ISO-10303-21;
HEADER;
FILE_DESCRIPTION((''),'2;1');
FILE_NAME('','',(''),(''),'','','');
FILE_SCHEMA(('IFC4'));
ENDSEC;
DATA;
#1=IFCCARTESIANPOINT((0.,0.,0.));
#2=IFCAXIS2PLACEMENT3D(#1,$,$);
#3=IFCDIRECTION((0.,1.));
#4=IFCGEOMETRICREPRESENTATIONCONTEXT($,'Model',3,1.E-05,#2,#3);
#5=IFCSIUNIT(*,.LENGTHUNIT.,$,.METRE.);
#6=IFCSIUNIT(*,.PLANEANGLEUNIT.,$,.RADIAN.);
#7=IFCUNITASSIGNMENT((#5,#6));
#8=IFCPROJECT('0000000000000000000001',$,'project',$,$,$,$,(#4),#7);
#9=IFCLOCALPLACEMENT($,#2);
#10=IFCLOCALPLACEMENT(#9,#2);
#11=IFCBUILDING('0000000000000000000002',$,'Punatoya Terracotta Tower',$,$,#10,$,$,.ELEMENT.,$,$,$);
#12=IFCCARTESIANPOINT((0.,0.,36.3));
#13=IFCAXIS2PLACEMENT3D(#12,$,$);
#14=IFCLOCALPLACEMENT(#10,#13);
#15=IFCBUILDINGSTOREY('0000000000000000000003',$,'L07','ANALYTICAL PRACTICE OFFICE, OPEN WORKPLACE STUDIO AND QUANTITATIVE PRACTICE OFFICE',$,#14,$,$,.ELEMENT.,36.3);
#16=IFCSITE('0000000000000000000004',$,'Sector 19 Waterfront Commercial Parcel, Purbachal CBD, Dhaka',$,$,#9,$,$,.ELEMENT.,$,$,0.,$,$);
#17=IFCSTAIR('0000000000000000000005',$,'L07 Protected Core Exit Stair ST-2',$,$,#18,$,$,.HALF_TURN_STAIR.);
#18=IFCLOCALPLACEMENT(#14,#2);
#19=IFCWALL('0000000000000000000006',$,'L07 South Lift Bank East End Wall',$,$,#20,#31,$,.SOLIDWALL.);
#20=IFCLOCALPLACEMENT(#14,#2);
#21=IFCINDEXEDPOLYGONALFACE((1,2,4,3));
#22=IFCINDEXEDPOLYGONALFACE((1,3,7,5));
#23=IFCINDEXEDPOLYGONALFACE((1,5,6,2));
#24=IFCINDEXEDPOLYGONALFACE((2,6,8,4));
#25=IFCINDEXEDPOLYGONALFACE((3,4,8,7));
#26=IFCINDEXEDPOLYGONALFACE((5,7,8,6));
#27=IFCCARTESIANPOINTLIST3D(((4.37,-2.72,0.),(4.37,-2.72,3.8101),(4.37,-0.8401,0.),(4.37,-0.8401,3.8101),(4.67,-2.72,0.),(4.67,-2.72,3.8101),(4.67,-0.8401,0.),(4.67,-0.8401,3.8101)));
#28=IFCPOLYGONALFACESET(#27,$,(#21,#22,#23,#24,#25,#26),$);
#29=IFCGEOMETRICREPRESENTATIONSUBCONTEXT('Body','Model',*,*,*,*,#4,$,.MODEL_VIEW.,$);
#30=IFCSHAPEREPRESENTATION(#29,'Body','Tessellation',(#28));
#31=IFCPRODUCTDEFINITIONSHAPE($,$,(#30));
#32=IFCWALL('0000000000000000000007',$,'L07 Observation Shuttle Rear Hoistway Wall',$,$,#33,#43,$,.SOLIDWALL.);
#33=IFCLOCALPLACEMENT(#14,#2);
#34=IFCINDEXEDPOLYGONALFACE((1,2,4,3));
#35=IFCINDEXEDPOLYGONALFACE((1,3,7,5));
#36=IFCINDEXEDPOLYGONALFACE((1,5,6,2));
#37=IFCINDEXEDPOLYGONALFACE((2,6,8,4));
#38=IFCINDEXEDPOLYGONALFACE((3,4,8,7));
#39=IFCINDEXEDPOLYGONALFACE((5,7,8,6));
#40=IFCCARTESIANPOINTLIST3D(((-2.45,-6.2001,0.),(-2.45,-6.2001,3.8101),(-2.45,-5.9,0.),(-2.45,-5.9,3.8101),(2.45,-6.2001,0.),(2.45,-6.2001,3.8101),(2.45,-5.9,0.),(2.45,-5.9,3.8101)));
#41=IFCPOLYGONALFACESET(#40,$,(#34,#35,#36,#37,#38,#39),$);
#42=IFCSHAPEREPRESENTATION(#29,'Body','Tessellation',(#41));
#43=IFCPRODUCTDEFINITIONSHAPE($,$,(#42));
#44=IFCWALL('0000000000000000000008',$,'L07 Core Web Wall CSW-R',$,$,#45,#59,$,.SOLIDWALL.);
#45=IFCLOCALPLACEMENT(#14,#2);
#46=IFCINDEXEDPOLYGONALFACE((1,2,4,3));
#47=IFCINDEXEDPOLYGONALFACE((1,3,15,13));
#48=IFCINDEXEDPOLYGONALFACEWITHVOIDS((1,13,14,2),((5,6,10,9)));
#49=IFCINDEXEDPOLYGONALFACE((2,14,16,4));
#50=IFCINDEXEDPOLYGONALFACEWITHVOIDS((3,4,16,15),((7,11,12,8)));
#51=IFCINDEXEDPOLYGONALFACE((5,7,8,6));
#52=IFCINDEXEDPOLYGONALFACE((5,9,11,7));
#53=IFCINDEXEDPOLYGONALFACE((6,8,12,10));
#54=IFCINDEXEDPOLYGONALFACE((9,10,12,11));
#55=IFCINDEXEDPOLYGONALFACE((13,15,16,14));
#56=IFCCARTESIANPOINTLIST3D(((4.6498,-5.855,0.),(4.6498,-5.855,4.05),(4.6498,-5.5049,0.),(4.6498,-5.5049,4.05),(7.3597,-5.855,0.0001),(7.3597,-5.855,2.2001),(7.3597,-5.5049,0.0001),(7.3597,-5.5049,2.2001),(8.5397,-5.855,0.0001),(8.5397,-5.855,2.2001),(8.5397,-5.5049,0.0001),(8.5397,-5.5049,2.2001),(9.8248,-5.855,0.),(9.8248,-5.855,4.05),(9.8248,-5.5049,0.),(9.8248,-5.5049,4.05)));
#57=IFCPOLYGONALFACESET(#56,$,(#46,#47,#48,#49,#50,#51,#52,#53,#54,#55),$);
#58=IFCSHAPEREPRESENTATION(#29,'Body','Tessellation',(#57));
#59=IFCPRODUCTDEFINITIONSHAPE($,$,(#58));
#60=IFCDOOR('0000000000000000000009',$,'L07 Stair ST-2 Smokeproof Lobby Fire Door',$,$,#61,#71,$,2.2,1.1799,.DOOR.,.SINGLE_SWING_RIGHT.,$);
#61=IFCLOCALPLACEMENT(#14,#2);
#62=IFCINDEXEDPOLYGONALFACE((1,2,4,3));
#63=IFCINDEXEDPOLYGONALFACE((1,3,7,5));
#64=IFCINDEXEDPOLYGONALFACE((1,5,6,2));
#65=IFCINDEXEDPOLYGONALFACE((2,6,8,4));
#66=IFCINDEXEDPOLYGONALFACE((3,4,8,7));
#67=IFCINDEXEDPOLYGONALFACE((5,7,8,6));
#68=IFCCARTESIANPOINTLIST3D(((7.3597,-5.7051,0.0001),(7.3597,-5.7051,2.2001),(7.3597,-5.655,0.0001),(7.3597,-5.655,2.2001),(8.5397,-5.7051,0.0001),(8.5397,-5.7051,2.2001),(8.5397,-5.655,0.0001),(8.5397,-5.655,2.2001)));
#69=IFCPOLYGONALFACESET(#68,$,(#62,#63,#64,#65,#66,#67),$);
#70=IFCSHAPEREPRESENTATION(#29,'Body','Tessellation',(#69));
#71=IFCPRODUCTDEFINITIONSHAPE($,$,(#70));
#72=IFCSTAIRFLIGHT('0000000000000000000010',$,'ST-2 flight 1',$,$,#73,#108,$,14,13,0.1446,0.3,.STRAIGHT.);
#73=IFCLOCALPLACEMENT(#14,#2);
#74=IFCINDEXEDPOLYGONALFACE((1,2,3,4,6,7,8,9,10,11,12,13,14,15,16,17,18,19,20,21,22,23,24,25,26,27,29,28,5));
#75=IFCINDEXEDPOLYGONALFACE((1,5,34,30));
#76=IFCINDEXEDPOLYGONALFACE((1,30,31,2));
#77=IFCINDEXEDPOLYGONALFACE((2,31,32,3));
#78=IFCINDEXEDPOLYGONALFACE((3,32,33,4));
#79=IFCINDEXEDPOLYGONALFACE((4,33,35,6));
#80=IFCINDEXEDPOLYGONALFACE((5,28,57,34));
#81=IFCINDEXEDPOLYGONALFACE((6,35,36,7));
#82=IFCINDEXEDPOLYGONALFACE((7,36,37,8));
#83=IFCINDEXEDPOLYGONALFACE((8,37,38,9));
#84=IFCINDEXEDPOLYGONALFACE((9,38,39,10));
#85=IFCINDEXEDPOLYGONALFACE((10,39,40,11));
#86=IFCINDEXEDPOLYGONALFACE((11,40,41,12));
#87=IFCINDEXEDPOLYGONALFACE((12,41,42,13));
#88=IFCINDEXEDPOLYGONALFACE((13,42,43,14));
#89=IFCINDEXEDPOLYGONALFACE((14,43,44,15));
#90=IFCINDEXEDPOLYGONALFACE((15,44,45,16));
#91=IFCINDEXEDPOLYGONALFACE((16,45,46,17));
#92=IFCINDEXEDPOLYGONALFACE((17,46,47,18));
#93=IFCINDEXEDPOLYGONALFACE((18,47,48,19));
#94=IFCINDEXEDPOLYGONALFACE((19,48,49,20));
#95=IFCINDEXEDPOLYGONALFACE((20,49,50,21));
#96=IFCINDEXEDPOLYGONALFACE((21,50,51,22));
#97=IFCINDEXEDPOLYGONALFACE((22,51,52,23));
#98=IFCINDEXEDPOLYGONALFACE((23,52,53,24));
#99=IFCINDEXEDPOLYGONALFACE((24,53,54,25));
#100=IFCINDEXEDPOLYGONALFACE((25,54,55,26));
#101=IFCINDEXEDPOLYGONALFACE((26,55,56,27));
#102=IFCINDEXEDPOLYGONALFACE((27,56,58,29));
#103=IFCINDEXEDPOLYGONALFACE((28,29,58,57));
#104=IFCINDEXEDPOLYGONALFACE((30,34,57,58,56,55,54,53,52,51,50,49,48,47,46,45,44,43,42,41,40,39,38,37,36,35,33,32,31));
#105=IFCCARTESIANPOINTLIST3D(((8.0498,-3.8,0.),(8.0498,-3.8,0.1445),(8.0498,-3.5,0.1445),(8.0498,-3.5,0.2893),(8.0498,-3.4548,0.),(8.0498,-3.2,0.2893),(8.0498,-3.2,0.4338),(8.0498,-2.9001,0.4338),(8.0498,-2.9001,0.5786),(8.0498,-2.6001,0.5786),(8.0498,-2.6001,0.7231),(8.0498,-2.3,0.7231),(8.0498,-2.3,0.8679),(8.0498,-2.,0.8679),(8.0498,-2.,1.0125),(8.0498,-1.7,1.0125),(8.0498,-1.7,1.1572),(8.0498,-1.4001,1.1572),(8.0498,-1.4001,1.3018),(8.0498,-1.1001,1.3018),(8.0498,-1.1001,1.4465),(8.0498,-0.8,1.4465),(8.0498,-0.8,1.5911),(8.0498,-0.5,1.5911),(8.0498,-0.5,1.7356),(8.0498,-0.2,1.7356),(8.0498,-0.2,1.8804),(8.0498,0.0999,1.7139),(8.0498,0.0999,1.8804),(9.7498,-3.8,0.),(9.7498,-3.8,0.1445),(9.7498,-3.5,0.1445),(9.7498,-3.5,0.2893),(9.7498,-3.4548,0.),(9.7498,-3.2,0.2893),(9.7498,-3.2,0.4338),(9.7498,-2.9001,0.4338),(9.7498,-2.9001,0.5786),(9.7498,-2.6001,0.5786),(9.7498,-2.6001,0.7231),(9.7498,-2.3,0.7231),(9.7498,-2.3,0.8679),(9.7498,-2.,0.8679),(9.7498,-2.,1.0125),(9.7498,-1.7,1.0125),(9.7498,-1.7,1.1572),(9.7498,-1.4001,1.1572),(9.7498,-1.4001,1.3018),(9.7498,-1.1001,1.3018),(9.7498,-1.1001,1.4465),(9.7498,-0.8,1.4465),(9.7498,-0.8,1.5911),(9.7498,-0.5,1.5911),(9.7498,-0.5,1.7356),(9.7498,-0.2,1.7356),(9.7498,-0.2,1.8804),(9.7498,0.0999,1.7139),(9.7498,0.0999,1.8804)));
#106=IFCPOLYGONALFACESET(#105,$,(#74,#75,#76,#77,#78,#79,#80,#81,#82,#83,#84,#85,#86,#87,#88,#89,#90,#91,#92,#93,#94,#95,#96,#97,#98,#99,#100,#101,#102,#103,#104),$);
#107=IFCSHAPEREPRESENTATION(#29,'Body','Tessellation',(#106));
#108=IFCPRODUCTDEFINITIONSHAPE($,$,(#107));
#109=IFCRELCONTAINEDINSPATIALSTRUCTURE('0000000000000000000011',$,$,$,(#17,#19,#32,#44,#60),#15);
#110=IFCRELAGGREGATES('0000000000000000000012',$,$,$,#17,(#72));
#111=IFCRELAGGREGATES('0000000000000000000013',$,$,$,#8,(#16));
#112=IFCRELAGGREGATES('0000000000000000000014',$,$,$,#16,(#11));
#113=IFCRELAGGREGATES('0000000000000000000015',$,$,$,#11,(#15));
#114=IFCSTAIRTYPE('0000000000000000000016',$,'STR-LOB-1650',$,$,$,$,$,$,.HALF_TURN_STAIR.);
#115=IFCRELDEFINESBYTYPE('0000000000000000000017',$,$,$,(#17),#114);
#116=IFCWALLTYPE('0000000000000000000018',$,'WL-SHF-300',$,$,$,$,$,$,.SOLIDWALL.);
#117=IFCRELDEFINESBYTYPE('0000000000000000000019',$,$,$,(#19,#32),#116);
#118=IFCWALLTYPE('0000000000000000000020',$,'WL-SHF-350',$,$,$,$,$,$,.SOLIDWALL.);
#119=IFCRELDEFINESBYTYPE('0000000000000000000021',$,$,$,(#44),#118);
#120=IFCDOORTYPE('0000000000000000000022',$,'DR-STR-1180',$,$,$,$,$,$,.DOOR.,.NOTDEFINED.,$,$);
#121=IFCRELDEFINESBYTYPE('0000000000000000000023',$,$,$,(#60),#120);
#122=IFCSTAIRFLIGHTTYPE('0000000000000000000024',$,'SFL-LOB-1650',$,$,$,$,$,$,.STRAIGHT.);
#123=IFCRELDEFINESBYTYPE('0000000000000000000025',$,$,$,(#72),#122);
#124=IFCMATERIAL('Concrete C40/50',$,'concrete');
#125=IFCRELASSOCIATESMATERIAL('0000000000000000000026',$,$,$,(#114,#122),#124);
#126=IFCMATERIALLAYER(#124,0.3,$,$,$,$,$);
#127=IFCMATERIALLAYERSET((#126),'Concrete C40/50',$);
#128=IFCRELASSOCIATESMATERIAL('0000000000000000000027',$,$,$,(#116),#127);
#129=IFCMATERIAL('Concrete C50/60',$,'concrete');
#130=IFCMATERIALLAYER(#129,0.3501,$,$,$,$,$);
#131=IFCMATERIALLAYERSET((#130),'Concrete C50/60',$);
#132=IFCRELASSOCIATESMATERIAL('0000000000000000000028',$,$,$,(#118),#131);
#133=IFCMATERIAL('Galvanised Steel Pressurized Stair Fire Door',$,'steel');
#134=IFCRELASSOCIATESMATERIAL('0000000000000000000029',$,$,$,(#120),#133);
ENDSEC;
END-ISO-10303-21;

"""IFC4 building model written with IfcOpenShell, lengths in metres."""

from ifc_helpers import new_model, si_unit, direction, frame, frame_2d, origin, place, context, subcontext, project, spatial, polyline, rectangle, outline, extrude, material, layer, layer_set, type_object, element, fill, aggregate, save


model = new_model("IFC4")

# Units and contexts
model_context = context("Model", 3, precision=1e-05, world=origin(), true_north=direction((0.0, 1.0)))
body_context = subcontext(model_context, "Body", "Model", "MODEL_VIEW")
ifc_project = project(units=[si_unit("LENGTHUNIT", "METRE"), si_unit("PLANEANGLEUNIT", "RADIAN")], contexts=[model_context])

# Site, building, storey
site_placement = place(None, origin())
site = spatial("IfcSite", under=ifc_project, at=site_placement, Name="Sector 19 Waterfront Commercial Parcel, Purbachal CBD, Dhaka", CompositionType="ELEMENT", RefElevation=0.0)
building_placement = place(site_placement, origin())
building = spatial("IfcBuilding", under=site, at=building_placement, Name="Punatoya Terracotta Tower", CompositionType="ELEMENT")
storey_placement = place(building_placement, frame((0.0, 0.0, 36.3)))
storey = spatial("IfcBuildingStorey", under=building, at=storey_placement, Name="L07", Description="ANALYTICAL PRACTICE OFFICE, OPEN WORKPLACE STUDIO AND QUANTITATIVE PRACTICE OFFICE", CompositionType="ELEMENT", Elevation=36.3)

# Stair
ifc_material_1 = material(Name="Concrete C40/50", Category="concrete")
stair_type_1 = type_object("IfcStairType", Name="STR-LOB-1650", PredefinedType="HALF_TURN_STAIR", material=ifc_material_1)
stair_1_placement = place(storey_placement, origin())
stair_1 = element("IfcStair", 1, at=stair_1_placement, inside=storey, type_object=stair_type_1, Name="L07 Protected Core Exit Stair ST-2", PredefinedType="HALF_TURN_STAIR")

# Shared definitions
ifc_layer_1 = layer(ifc_material_1, 0.3)
ifc_layer_set_1 = layer_set([ifc_layer_1], Name="Concrete C40/50")
wall_type_1 = type_object("IfcWallType", Name="WL-SHF-300", PredefinedType="SOLIDWALL", material=ifc_layer_set_1)

# Walls
for number, where, z_axis, x_axis, name in (
    (2, (4.52, -2.72, 0.0), (0.0, 0.0, 1.0), (0.0, 1.0, 0.0), "L07 South Lift Bank East End Wall"),
):
    element("IfcWall", number, at=place(storey_placement, frame(where, z_axis=z_axis, x_axis=x_axis)), inside=storey, type_object=wall_type_1, Name=name, PredefinedType="SOLIDWALL", context=body_context, shape_type="SweptSolid", body=[
        extrude(rectangle(XDim=1.8799, YDim=0.3, at=frame_2d((0.9399, 0.0))), origin(), (0.0, 0.0, 1.0), 3.8101),
    ])
wall_1_placement = place(storey_placement, frame((-2.45, -6.05, 0.0), z_axis=(0.0, 0.0, 1.0), x_axis=(1.0, 0.0, 0.0)))
element("IfcWall", 3, at=wall_1_placement, inside=storey, type_object=wall_type_1, Name="L07 Observation Shuttle Rear Hoistway Wall", PredefinedType="SOLIDWALL", context=body_context, shape_type="SweptSolid", body=[
    extrude(rectangle(XDim=4.8999, YDim=0.3, at=frame_2d((2.45, 0.0))), origin(), (0.0, 0.0, 1.0), 3.8101),
])

# Wall, opening, door
ifc_material_2 = material(Name="Concrete C50/60", Category="concrete")
ifc_layer_2 = layer(ifc_material_2, 0.3501)
ifc_layer_set_2 = layer_set([ifc_layer_2], Name="Concrete C50/60")
wall_type_2 = type_object("IfcWallType", Name="WL-SHF-350", PredefinedType="SOLIDWALL", material=ifc_layer_set_2)
wall_2_placement = place(storey_placement, frame((4.6499, -5.6799, 0.0), z_axis=(0.0, 0.0, 1.0), x_axis=(1.0, 0.0, 0.0)))
wall_2 = element("IfcWall", 4, at=wall_2_placement, inside=storey, type_object=wall_type_2, Name="L07 Core Web Wall CSW-R", PredefinedType="SOLIDWALL", context=body_context, shape_type="SweptSolid", body=[
    extrude(rectangle(XDim=5.175, YDim=0.3501, at=frame_2d((2.5874, 0.0))), origin(), (0.0, 0.0, 1.0), 4.05),
])
opening_1_placement = place(wall_2_placement, frame((2.71, 0.0, 0.0)))
opening_1 = element("IfcOpeningElement", 5, at=opening_1_placement, cuts=wall_2, PredefinedType="OPENING", context=body_context, shape_type="SweptSolid", body=[
    extrude(rectangle(XDim=1.1799, YDim=2.2, at=frame_2d((0.5898, 1.1001))), frame((0.0, 0.1851, 0.0), z_axis=(0.0, -1.0, 0.0), x_axis=(1.0, 0.0, 0.0)), (0.0, 0.0, 1.0), 0.3701),
])
ifc_material_3 = material(Name="Galvanised Steel Pressurized Stair Fire Door", Category="steel")
door_type_1 = type_object("IfcDoorType", Name="DR-STR-1180", OperationType="NOTDEFINED", PredefinedType="DOOR", material=ifc_material_3)
door_1_placement = place(opening_1_placement, origin())
door_1 = element("IfcDoor", 6, at=door_1_placement, inside=storey, type_object=door_type_1, Name="L07 Stair ST-2 Smokeproof Lobby Fire Door", OperationType="SINGLE_SWING_RIGHT", OverallHeight=2.2, OverallWidth=1.1799, PredefinedType="DOOR", context=body_context, shape_type="SweptSolid", body=[
    extrude(rectangle(XDim=1.1799, YDim=2.2, at=frame_2d((0.5898, 1.1001))), frame((0.0, 0.0249, 0.0), z_axis=(0.0, -1.0, 0.0), x_axis=(1.0, 0.0, 0.0)), (0.0, 0.0, 1.0), 0.05),
])
fill(opening_1, door_1)

# Stair flight
stair_flight_type = type_object("IfcStairFlightType", Name="SFL-LOB-1650", PredefinedType="STRAIGHT", material=ifc_material_1)
stair_flight_placement = place(storey_placement, frame((8.8999, -3.8, 0.0), z_axis=(0.0, 0.0, 1.0), x_axis=(0.0, 1.0, 0.0)))
stair_flight = element("IfcStairFlight", 7, at=stair_flight_placement, type_object=stair_flight_type, Name="ST-2 flight 1", NumberOfRisers=14, NumberOfTreads=13, PredefinedType="STRAIGHT", RiserHeight=0.1446, TreadLength=0.3, context=body_context, shape_type="SweptSolid", body=[
    extrude(outline(polyline([(0.0, 0.0), (0.0, 0.1445), (0.3, 0.1445), (0.3, 0.2893), (0.6001, 0.2893), (0.6001, 0.4338), (0.8999, 0.4338), (0.8999, 0.5786), (1.2, 0.5786), (1.2, 0.7231), (1.5, 0.7231), (1.5, 0.8679), (1.8, 0.8679), (1.8, 1.0125), (2.1001, 1.0125), (2.1001, 1.1572), (2.3999, 1.1572), (2.3999, 1.3018), (2.7, 1.3018), (2.7, 1.4465), (3.0, 1.4465), (3.0, 1.5911), (3.3, 1.5911), (3.3, 1.7356), (3.6001, 1.7356), (3.6001, 1.8804), (3.8999, 1.8804), (3.8999, 2.0249), (3.8999, 1.7139), (0.3452, 0.0), (0.0, 0.0)])), frame((0.0, 0.8501, 0.0), z_axis=(0.0, -1.0, 0.0), x_axis=(1.0, 0.0, 0.0)), (0.0, 0.0, 1.0), 1.7),
])
aggregate(stair_1, [stair_flight])

save(model, "model.ifc")
